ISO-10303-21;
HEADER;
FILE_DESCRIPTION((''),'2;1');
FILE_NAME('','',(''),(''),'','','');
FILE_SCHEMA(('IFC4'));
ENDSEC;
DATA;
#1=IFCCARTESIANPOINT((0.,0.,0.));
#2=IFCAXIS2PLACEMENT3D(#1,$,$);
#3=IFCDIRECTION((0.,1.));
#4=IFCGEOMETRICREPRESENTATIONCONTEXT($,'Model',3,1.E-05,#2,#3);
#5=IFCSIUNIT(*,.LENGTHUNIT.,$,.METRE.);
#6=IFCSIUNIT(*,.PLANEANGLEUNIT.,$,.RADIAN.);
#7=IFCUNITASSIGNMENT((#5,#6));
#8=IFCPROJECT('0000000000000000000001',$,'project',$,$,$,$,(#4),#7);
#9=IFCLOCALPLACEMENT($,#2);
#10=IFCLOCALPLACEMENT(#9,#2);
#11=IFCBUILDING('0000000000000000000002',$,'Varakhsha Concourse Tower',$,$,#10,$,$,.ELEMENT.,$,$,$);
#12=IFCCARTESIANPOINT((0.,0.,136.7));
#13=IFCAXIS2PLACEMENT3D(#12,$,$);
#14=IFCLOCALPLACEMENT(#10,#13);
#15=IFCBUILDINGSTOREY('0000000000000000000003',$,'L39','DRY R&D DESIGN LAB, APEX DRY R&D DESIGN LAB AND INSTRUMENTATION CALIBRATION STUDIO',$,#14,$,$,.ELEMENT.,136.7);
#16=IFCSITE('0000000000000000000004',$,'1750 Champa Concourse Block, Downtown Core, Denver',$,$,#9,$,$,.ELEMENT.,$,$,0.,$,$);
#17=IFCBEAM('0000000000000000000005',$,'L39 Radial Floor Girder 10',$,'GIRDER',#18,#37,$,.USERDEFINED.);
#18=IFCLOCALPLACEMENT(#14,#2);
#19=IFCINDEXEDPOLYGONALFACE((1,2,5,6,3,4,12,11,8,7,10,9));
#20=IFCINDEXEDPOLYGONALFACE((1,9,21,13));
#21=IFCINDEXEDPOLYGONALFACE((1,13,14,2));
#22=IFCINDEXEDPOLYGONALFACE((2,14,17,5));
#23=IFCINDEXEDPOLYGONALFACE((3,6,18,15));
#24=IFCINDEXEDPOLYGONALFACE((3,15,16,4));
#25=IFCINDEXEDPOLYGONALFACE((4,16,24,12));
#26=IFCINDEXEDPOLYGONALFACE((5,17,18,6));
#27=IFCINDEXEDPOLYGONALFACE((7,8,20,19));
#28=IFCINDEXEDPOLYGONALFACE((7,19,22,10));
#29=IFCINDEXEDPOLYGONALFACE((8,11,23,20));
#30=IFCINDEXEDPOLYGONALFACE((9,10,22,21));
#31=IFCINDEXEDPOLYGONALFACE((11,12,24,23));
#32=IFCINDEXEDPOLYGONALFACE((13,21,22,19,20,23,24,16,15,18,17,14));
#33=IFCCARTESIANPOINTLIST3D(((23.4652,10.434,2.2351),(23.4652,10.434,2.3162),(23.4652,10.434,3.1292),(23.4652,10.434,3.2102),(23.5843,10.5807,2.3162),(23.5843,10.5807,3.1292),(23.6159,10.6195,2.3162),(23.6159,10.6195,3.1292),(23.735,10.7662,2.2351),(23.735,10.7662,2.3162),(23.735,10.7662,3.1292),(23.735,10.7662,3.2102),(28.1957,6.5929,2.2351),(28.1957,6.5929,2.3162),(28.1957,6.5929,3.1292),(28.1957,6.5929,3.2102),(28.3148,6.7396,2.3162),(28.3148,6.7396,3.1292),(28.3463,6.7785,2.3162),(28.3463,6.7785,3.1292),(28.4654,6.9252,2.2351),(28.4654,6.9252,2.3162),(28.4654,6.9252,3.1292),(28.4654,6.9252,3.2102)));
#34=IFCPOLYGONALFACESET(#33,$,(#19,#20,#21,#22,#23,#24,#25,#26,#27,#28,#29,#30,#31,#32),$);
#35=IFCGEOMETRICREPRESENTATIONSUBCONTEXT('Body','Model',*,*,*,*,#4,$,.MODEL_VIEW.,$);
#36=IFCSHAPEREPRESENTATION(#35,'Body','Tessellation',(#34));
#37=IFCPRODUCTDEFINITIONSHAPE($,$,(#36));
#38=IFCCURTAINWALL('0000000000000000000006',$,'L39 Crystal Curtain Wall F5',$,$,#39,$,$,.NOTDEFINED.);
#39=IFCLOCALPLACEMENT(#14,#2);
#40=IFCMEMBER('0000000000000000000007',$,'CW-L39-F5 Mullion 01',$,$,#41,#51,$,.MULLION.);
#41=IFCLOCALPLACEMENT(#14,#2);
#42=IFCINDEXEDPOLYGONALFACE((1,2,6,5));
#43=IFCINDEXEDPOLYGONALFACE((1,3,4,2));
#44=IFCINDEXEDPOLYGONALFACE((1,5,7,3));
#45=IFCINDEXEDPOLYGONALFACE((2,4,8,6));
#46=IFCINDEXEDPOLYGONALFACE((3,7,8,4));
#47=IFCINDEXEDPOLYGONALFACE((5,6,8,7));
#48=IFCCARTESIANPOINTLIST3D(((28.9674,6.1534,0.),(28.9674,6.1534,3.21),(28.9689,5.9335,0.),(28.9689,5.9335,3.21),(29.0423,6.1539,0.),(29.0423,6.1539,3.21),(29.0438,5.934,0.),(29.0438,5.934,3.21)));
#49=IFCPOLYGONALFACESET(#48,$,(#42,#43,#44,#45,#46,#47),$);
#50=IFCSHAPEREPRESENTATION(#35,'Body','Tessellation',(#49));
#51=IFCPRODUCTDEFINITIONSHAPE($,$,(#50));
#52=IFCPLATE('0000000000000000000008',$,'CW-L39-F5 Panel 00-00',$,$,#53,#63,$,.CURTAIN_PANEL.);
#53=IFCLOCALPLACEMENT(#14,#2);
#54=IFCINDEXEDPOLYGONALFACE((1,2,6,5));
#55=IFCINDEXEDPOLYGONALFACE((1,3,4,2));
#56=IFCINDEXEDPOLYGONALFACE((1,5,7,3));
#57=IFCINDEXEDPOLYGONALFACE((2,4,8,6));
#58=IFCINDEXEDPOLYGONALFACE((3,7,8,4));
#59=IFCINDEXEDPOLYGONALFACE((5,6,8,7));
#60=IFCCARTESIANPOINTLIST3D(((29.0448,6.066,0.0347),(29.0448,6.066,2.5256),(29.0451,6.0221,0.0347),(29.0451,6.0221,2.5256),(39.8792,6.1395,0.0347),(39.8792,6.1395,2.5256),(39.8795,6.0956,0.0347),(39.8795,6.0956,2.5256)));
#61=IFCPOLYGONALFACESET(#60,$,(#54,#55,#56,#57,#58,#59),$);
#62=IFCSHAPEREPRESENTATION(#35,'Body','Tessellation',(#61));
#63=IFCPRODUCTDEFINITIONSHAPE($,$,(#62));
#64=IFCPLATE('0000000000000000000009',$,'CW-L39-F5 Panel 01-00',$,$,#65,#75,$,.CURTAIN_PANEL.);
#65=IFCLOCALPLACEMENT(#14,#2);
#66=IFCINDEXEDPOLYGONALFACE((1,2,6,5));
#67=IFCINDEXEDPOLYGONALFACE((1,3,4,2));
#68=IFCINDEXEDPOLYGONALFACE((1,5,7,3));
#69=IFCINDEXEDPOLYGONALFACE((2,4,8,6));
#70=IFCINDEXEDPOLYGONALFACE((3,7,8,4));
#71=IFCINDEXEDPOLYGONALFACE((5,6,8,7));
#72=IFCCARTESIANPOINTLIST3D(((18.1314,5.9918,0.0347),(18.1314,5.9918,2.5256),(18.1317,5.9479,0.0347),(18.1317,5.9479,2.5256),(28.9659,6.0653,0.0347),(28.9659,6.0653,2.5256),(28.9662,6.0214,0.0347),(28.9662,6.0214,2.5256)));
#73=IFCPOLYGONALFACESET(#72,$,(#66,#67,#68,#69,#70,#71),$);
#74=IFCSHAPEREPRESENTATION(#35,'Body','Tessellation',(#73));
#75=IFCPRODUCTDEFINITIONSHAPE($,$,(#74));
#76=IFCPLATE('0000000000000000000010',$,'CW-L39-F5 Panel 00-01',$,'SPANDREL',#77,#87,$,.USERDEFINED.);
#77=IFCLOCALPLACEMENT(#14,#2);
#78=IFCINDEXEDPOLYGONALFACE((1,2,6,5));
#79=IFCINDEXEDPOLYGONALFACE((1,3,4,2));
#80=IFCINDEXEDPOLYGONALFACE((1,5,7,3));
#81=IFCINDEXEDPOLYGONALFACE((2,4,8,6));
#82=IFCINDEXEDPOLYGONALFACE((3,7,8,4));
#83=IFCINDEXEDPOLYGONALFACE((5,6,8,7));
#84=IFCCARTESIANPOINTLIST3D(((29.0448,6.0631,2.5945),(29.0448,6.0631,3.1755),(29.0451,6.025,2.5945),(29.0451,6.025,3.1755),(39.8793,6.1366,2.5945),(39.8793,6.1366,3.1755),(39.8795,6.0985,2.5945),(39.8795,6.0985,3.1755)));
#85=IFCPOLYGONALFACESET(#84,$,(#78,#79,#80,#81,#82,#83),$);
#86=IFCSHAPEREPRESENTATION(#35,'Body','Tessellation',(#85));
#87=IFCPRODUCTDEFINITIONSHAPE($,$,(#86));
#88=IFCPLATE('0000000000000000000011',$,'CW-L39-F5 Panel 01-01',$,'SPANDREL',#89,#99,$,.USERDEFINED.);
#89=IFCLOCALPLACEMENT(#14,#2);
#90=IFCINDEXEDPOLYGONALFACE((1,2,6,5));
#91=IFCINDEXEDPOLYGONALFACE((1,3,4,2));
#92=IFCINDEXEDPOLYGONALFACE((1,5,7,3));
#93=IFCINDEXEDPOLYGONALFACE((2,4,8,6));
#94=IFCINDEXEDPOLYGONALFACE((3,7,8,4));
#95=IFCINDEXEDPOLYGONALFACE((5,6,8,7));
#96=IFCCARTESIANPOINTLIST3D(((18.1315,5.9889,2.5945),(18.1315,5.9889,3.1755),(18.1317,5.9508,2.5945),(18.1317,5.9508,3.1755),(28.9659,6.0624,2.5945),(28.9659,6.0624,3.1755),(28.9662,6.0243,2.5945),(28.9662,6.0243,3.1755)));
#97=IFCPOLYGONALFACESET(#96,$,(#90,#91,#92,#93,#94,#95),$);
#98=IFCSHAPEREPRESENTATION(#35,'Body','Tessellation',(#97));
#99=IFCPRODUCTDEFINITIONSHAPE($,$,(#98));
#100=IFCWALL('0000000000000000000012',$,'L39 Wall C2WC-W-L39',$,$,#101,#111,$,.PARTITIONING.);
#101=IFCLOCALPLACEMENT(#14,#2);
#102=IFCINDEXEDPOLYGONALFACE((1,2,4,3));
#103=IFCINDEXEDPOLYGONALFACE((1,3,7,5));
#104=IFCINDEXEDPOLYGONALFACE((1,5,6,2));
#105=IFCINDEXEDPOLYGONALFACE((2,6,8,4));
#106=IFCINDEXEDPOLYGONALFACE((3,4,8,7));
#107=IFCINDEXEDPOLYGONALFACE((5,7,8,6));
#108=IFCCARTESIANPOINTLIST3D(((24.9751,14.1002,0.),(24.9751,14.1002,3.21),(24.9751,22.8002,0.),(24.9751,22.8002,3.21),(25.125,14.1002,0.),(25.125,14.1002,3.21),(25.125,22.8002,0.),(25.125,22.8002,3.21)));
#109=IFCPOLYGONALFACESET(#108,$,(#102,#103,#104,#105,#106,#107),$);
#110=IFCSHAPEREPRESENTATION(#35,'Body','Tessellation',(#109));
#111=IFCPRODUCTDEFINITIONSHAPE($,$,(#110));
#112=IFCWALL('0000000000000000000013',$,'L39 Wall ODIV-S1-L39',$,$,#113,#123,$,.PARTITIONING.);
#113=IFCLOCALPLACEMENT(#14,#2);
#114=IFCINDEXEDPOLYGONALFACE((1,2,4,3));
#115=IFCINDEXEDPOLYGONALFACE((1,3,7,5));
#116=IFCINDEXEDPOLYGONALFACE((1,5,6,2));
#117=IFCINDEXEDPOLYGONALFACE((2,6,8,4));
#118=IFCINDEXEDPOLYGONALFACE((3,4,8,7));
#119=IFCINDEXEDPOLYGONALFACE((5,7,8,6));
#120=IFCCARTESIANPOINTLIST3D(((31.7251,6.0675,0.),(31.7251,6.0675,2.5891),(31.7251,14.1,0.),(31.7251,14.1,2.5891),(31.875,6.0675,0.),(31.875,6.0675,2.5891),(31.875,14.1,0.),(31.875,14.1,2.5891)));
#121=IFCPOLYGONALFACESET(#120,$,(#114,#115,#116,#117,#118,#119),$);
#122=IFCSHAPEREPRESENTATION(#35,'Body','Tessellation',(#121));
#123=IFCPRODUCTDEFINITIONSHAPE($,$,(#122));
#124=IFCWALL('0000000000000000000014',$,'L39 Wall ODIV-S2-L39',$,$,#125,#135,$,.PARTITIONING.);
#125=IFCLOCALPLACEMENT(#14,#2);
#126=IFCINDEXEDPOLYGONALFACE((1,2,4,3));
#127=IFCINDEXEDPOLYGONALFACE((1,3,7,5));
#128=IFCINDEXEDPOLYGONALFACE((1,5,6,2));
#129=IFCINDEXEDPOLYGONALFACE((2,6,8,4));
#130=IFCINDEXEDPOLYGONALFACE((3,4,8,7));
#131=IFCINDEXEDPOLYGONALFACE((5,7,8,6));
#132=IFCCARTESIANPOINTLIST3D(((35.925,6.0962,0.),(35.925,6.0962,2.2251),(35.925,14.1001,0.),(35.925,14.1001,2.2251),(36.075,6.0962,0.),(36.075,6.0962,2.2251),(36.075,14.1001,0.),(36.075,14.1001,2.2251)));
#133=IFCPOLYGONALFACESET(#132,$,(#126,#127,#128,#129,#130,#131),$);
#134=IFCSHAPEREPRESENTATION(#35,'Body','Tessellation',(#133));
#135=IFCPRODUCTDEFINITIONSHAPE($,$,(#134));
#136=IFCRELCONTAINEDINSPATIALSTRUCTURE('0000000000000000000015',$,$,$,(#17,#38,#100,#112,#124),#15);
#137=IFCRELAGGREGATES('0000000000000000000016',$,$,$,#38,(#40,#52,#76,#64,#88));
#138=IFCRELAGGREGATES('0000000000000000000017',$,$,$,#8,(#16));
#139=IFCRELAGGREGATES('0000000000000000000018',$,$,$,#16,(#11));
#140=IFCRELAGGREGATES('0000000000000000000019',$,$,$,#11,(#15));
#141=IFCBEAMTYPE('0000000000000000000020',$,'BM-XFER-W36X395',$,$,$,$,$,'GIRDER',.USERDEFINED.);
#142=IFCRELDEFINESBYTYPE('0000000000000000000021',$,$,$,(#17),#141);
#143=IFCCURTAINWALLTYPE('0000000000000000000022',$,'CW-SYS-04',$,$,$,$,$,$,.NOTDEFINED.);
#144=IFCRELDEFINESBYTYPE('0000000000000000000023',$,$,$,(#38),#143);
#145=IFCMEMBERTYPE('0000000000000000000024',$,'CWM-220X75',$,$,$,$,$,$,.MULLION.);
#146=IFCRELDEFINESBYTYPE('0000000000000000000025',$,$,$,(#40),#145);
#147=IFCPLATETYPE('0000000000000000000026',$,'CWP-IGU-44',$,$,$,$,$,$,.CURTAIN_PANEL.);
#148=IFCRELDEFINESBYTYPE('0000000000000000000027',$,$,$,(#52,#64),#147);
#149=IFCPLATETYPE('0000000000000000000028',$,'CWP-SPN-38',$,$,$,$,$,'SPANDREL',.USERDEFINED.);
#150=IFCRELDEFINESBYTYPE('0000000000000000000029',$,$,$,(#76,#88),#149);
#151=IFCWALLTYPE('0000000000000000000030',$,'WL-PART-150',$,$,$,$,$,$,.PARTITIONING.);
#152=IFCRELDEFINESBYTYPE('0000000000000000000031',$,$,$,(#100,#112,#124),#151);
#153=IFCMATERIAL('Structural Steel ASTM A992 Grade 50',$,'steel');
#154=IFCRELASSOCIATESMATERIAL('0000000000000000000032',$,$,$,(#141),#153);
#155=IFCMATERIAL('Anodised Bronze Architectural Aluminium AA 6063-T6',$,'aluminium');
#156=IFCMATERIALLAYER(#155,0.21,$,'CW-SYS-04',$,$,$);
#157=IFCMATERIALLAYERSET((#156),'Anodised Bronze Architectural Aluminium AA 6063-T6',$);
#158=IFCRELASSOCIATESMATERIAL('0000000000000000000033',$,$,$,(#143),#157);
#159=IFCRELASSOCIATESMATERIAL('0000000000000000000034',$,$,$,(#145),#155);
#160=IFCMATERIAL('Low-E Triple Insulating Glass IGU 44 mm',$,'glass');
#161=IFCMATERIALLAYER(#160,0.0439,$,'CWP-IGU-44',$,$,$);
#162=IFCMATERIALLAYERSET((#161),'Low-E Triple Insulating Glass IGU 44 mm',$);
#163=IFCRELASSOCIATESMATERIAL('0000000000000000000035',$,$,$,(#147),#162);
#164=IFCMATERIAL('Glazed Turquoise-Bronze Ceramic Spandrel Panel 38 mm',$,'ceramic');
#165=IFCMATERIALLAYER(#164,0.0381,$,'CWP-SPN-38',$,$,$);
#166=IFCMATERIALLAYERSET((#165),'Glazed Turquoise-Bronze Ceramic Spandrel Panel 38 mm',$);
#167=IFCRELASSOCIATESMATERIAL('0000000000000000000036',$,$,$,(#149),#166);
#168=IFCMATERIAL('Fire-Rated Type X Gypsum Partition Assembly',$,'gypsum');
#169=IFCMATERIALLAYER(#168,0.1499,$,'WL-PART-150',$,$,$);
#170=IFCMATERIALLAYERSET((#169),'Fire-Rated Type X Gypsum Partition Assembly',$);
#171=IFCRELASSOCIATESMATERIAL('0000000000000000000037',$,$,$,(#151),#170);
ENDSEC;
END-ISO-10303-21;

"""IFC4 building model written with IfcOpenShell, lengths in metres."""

from ifc_helpers import new_model, si_unit, direction, frame, frame_2d, origin, origin_2d, place, context, subcontext, project, spatial, rectangle, i_section, extrude, source, transform, mapped, material, layer, layer_set, material_profile, profile_set, type_object, type_shapes, element, aggregate, save


model = new_model("IFC4")

# Units and contexts
model_context = context("Model", 3, precision=1e-05, world=origin(), true_north=direction((0.0, 1.0)))
body_context = subcontext(model_context, "Body", "Model", "MODEL_VIEW")
ifc_project = project(units=[si_unit("LENGTHUNIT", "METRE"), si_unit("PLANEANGLEUNIT", "RADIAN")], contexts=[model_context])

# Site, building, storey
site_placement = place(None, origin())
site = spatial("IfcSite", under=ifc_project, at=site_placement, Name="1750 Champa Concourse Block, Downtown Core, Denver", CompositionType="ELEMENT", RefElevation=0.0)
building_placement = place(site_placement, origin())
building = spatial("IfcBuilding", under=site, at=building_placement, Name="Varakhsha Concourse Tower", CompositionType="ELEMENT")
storey_placement = place(building_placement, frame((0.0, 0.0, 136.7)))
storey = spatial("IfcBuildingStorey", under=building, at=storey_placement, Name="L39", Description="DRY R&D DESIGN LAB, APEX DRY R&D DESIGN LAB AND INSTRUMENTATION CALIBRATION STUDIO", CompositionType="ELEMENT", Elevation=136.7)

# Shared definitions
ifc_material_1 = material(Name="Structural Steel ASTM A992 Grade 50", Category="steel")

# Beam
ifc_material_profile_1 = material_profile(ifc_material_1, i_section(OverallWidth=0.428, OverallDepth=0.9751, WebThickness=0.05, FlangeThickness=0.0811, at=origin_2d()), Name="W36X395")
ifc_profile_set_1 = profile_set([ifc_material_profile_1], Name="Structural Steel ASTM A992 Grade 50")
beam_type_1 = type_object("IfcBeamType", Name="BM-XFER-W36X395", ElementType="GIRDER", PredefinedType="USERDEFINED", material=ifc_profile_set_1)
beam_1_placement = place(storey_placement, frame((23.6001, 10.6001, 2.7227), z_axis=(0.77631, -0.630351, 0.0), x_axis=(0.630351, 0.77631, 0.0)))
element("IfcBeam", 1, at=beam_1_placement, inside=storey, type_object=beam_type_1, Name="L39 Radial Floor Girder 10", ObjectType="GIRDER", PredefinedType="USERDEFINED", context=body_context, shape_type="SweptSolid", body=[
    extrude(i_section(OverallWidth=0.428, OverallDepth=0.9751, WebThickness=0.05, FlangeThickness=0.0811, at=origin_2d()), origin(), (0.0, 0.0, 1.0), 6.0935),
])

# Curtain wall, member, plates
ifc_material_2 = material(Name="Anodised Bronze Architectural Aluminium AA 6063-T6", Category="aluminium")
ifc_layer_1 = layer(ifc_material_2, 0.21, Name="CW-SYS-04")
ifc_layer_set_1 = layer_set([ifc_layer_1], Name="Anodised Bronze Architectural Aluminium AA 6063-T6")
curtain_wall_type = type_object("IfcCurtainWallType", Name="CW-SYS-04", PredefinedType="NOTDEFINED", material=ifc_layer_set_1)
curtain_wall_placement = place(storey_placement, origin())
curtain_wall = element("IfcCurtainWall", 2, at=curtain_wall_placement, inside=storey, type_object=curtain_wall_type, Name="L39 Crystal Curtain Wall F5", PredefinedType="NOTDEFINED")
ifc_material_profile_2 = material_profile(ifc_material_2, rectangle(XDim=0.075, YDim=0.22, at=origin_2d()), Name="CWM-220X75")
ifc_profile_set_2 = profile_set([ifc_material_profile_2], Name="Anodised Bronze Architectural Aluminium AA 6063-T6")
member_type = type_object("IfcMemberType", Name="CWM-220X75", PredefinedType="MULLION", material=ifc_profile_set_2)
shared_shape_1 = source(origin(), body_context, "Body", "SweptSolid", [
    extrude(rectangle(XDim=0.075, YDim=0.22, at=origin_2d()), origin(), (0.0, 0.0, 1.0), 3.21),
])
type_shapes(member_type, [shared_shape_1])
member_placement = place(storey_placement, frame((29.0056, 6.0437, 0.0), z_axis=(0.0, 0.0, 1.0), x_axis=(-0.999977, -0.006786, 0.0)))
member = element("IfcMember", 3, at=member_placement, type_object=member_type, Name="CW-L39-F5 Mullion 01", PredefinedType="MULLION", context=body_context, shape_type="MappedRepresentation", body=[
    mapped(shared_shape_1, transform((0.0, 0.0, 0.0), scale=1.0)),
])
ifc_material_3 = material(Name="Low-E Triple Insulating Glass IGU 44 mm", Category="glass")
ifc_layer_2 = layer(ifc_material_3, 0.0439, Name="CWP-IGU-44")
ifc_layer_set_2 = layer_set([ifc_layer_2], Name="Low-E Triple Insulating Glass IGU 44 mm")
plate_type_1 = type_object("IfcPlateType", Name="CWP-IGU-44", PredefinedType="CURTAIN_PANEL", material=ifc_layer_set_2)
shared_shape_2 = source(origin(), body_context, "Body", "SweptSolid", [
    extrude(rectangle(XDim=10.8347, YDim=0.0439, at=origin_2d()), origin(), (0.0, 0.0, 1.0), 2.491),
])
type_shapes(plate_type_1, [shared_shape_2])
plate_1_placement = place(storey_placement, frame((34.4622, 6.0808, 0.0347), z_axis=(0.0, 0.0, 1.0), x_axis=(-0.999977, -0.006786, 0.0)))
plate_1 = element("IfcPlate", 4, at=plate_1_placement, type_object=plate_type_1, Name="CW-L39-F5 Panel 00-00", PredefinedType="CURTAIN_PANEL", context=body_context, shape_type="MappedRepresentation", body=[
    mapped(shared_shape_2, transform((0.0, 0.0, 0.0), scale=1.0)),
])
plate_2_placement = place(storey_placement, frame((23.5488, 6.0066, 0.0347), z_axis=(0.0, 0.0, 1.0), x_axis=(-0.999977, -0.006786, 0.0)))
plate_2 = element("IfcPlate", 5, at=plate_2_placement, type_object=plate_type_1, Name="CW-L39-F5 Panel 01-00", PredefinedType="CURTAIN_PANEL", context=body_context, shape_type="MappedRepresentation", body=[
    mapped(shared_shape_2, transform((0.0, 0.0, 0.0), scale=1.0)),
])
ifc_material_4 = material(Name="Glazed Turquoise-Bronze Ceramic Spandrel Panel 38 mm", Category="ceramic")
ifc_layer_3 = layer(ifc_material_4, 0.0381, Name="CWP-SPN-38")
ifc_layer_set_3 = layer_set([ifc_layer_3], Name="Glazed Turquoise-Bronze Ceramic Spandrel Panel 38 mm")
plate_type_2 = type_object("IfcPlateType", Name="CWP-SPN-38", ElementType="SPANDREL", PredefinedType="USERDEFINED", material=ifc_layer_set_3)
shared_shape_3 = source(origin(), body_context, "Body", "SweptSolid", [
    extrude(rectangle(XDim=10.8347, YDim=0.0381, at=origin_2d()), origin(), (0.0, 0.0, 1.0), 0.5811),
])
type_shapes(plate_type_2, [shared_shape_3])
plate_3_placement = place(storey_placement, frame((34.4622, 6.0808, 2.5945), z_axis=(0.0, 0.0, 1.0), x_axis=(-0.999977, -0.006786, 0.0)))
plate_3 = element("IfcPlate", 6, at=plate_3_placement, type_object=plate_type_2, Name="CW-L39-F5 Panel 00-01", ObjectType="SPANDREL", PredefinedType="USERDEFINED", context=body_context, shape_type="MappedRepresentation", body=[
    mapped(shared_shape_3, transform((0.0, 0.0, 0.0), scale=1.0)),
])
plate_4_placement = place(storey_placement, frame((23.5488, 6.0066, 2.5945), z_axis=(0.0, 0.0, 1.0), x_axis=(-0.999977, -0.006786, 0.0)))
plate_4 = element("IfcPlate", 7, at=plate_4_placement, type_object=plate_type_2, Name="CW-L39-F5 Panel 01-01", ObjectType="SPANDREL", PredefinedType="USERDEFINED", context=body_context, shape_type="MappedRepresentation", body=[
    mapped(shared_shape_3, transform((0.0, 0.0, 0.0), scale=1.0)),
])
aggregate(curtain_wall, [member, plate_1, plate_3, plate_2, plate_4])

# Walls
ifc_material_5 = material(Name="Fire-Rated Type X Gypsum Partition Assembly", Category="gypsum")
ifc_layer_4 = layer(ifc_material_5, 0.1499, Name="WL-PART-150")
ifc_layer_set_4 = layer_set([ifc_layer_4], Name="Fire-Rated Type X Gypsum Partition Assembly")
wall_type = type_object("IfcWallType", Name="WL-PART-150", PredefinedType="PARTITIONING", material=ifc_layer_set_4)
wall_1_placement = place(storey_placement, frame((25.05, 14.1001, 0.0), z_axis=(0.0, 0.0, 1.0), x_axis=(0.0, 1.0, 0.0)))
element("IfcWall", 8, at=wall_1_placement, inside=storey, type_object=wall_type, Name="L39 Wall C2WC-W-L39", PredefinedType="PARTITIONING", context=body_context, shape_type="SweptSolid", body=[
    extrude(rectangle(XDim=8.7, YDim=0.1499, at=frame_2d((4.3501, 0.0))), origin(), (0.0, 0.0, 1.0), 3.21),
])
wall_2_placement = place(storey_placement, frame((31.8, 6.0676, 0.0), z_axis=(0.0, 0.0, 1.0), x_axis=(0.0, 1.0, 0.0)))
element("IfcWall", 9, at=wall_2_placement, inside=storey, type_object=wall_type, Name="L39 Wall ODIV-S1-L39", PredefinedType="PARTITIONING", context=body_context, shape_type="SweptSolid", body=[
    extrude(rectangle(XDim=8.0325, YDim=0.1499, at=frame_2d((4.0161, 0.0))), origin(), (0.0, 0.0, 1.0), 2.5891),
])
wall_3_placement = place(storey_placement, frame((36.0, 6.0962, 0.0), z_axis=(0.0, 0.0, 1.0), x_axis=(0.0, 1.0, 0.0)))
element("IfcWall", 10, at=wall_3_placement, inside=storey, type_object=wall_type, Name="L39 Wall ODIV-S2-L39", PredefinedType="PARTITIONING", context=body_context, shape_type="SweptSolid", body=[
    extrude(rectangle(XDim=8.0039, YDim=0.1499, at=frame_2d((4.002, 0.0))), origin(), (0.0, 0.0, 1.0), 2.2251),
])

save(model, "model.ifc")
